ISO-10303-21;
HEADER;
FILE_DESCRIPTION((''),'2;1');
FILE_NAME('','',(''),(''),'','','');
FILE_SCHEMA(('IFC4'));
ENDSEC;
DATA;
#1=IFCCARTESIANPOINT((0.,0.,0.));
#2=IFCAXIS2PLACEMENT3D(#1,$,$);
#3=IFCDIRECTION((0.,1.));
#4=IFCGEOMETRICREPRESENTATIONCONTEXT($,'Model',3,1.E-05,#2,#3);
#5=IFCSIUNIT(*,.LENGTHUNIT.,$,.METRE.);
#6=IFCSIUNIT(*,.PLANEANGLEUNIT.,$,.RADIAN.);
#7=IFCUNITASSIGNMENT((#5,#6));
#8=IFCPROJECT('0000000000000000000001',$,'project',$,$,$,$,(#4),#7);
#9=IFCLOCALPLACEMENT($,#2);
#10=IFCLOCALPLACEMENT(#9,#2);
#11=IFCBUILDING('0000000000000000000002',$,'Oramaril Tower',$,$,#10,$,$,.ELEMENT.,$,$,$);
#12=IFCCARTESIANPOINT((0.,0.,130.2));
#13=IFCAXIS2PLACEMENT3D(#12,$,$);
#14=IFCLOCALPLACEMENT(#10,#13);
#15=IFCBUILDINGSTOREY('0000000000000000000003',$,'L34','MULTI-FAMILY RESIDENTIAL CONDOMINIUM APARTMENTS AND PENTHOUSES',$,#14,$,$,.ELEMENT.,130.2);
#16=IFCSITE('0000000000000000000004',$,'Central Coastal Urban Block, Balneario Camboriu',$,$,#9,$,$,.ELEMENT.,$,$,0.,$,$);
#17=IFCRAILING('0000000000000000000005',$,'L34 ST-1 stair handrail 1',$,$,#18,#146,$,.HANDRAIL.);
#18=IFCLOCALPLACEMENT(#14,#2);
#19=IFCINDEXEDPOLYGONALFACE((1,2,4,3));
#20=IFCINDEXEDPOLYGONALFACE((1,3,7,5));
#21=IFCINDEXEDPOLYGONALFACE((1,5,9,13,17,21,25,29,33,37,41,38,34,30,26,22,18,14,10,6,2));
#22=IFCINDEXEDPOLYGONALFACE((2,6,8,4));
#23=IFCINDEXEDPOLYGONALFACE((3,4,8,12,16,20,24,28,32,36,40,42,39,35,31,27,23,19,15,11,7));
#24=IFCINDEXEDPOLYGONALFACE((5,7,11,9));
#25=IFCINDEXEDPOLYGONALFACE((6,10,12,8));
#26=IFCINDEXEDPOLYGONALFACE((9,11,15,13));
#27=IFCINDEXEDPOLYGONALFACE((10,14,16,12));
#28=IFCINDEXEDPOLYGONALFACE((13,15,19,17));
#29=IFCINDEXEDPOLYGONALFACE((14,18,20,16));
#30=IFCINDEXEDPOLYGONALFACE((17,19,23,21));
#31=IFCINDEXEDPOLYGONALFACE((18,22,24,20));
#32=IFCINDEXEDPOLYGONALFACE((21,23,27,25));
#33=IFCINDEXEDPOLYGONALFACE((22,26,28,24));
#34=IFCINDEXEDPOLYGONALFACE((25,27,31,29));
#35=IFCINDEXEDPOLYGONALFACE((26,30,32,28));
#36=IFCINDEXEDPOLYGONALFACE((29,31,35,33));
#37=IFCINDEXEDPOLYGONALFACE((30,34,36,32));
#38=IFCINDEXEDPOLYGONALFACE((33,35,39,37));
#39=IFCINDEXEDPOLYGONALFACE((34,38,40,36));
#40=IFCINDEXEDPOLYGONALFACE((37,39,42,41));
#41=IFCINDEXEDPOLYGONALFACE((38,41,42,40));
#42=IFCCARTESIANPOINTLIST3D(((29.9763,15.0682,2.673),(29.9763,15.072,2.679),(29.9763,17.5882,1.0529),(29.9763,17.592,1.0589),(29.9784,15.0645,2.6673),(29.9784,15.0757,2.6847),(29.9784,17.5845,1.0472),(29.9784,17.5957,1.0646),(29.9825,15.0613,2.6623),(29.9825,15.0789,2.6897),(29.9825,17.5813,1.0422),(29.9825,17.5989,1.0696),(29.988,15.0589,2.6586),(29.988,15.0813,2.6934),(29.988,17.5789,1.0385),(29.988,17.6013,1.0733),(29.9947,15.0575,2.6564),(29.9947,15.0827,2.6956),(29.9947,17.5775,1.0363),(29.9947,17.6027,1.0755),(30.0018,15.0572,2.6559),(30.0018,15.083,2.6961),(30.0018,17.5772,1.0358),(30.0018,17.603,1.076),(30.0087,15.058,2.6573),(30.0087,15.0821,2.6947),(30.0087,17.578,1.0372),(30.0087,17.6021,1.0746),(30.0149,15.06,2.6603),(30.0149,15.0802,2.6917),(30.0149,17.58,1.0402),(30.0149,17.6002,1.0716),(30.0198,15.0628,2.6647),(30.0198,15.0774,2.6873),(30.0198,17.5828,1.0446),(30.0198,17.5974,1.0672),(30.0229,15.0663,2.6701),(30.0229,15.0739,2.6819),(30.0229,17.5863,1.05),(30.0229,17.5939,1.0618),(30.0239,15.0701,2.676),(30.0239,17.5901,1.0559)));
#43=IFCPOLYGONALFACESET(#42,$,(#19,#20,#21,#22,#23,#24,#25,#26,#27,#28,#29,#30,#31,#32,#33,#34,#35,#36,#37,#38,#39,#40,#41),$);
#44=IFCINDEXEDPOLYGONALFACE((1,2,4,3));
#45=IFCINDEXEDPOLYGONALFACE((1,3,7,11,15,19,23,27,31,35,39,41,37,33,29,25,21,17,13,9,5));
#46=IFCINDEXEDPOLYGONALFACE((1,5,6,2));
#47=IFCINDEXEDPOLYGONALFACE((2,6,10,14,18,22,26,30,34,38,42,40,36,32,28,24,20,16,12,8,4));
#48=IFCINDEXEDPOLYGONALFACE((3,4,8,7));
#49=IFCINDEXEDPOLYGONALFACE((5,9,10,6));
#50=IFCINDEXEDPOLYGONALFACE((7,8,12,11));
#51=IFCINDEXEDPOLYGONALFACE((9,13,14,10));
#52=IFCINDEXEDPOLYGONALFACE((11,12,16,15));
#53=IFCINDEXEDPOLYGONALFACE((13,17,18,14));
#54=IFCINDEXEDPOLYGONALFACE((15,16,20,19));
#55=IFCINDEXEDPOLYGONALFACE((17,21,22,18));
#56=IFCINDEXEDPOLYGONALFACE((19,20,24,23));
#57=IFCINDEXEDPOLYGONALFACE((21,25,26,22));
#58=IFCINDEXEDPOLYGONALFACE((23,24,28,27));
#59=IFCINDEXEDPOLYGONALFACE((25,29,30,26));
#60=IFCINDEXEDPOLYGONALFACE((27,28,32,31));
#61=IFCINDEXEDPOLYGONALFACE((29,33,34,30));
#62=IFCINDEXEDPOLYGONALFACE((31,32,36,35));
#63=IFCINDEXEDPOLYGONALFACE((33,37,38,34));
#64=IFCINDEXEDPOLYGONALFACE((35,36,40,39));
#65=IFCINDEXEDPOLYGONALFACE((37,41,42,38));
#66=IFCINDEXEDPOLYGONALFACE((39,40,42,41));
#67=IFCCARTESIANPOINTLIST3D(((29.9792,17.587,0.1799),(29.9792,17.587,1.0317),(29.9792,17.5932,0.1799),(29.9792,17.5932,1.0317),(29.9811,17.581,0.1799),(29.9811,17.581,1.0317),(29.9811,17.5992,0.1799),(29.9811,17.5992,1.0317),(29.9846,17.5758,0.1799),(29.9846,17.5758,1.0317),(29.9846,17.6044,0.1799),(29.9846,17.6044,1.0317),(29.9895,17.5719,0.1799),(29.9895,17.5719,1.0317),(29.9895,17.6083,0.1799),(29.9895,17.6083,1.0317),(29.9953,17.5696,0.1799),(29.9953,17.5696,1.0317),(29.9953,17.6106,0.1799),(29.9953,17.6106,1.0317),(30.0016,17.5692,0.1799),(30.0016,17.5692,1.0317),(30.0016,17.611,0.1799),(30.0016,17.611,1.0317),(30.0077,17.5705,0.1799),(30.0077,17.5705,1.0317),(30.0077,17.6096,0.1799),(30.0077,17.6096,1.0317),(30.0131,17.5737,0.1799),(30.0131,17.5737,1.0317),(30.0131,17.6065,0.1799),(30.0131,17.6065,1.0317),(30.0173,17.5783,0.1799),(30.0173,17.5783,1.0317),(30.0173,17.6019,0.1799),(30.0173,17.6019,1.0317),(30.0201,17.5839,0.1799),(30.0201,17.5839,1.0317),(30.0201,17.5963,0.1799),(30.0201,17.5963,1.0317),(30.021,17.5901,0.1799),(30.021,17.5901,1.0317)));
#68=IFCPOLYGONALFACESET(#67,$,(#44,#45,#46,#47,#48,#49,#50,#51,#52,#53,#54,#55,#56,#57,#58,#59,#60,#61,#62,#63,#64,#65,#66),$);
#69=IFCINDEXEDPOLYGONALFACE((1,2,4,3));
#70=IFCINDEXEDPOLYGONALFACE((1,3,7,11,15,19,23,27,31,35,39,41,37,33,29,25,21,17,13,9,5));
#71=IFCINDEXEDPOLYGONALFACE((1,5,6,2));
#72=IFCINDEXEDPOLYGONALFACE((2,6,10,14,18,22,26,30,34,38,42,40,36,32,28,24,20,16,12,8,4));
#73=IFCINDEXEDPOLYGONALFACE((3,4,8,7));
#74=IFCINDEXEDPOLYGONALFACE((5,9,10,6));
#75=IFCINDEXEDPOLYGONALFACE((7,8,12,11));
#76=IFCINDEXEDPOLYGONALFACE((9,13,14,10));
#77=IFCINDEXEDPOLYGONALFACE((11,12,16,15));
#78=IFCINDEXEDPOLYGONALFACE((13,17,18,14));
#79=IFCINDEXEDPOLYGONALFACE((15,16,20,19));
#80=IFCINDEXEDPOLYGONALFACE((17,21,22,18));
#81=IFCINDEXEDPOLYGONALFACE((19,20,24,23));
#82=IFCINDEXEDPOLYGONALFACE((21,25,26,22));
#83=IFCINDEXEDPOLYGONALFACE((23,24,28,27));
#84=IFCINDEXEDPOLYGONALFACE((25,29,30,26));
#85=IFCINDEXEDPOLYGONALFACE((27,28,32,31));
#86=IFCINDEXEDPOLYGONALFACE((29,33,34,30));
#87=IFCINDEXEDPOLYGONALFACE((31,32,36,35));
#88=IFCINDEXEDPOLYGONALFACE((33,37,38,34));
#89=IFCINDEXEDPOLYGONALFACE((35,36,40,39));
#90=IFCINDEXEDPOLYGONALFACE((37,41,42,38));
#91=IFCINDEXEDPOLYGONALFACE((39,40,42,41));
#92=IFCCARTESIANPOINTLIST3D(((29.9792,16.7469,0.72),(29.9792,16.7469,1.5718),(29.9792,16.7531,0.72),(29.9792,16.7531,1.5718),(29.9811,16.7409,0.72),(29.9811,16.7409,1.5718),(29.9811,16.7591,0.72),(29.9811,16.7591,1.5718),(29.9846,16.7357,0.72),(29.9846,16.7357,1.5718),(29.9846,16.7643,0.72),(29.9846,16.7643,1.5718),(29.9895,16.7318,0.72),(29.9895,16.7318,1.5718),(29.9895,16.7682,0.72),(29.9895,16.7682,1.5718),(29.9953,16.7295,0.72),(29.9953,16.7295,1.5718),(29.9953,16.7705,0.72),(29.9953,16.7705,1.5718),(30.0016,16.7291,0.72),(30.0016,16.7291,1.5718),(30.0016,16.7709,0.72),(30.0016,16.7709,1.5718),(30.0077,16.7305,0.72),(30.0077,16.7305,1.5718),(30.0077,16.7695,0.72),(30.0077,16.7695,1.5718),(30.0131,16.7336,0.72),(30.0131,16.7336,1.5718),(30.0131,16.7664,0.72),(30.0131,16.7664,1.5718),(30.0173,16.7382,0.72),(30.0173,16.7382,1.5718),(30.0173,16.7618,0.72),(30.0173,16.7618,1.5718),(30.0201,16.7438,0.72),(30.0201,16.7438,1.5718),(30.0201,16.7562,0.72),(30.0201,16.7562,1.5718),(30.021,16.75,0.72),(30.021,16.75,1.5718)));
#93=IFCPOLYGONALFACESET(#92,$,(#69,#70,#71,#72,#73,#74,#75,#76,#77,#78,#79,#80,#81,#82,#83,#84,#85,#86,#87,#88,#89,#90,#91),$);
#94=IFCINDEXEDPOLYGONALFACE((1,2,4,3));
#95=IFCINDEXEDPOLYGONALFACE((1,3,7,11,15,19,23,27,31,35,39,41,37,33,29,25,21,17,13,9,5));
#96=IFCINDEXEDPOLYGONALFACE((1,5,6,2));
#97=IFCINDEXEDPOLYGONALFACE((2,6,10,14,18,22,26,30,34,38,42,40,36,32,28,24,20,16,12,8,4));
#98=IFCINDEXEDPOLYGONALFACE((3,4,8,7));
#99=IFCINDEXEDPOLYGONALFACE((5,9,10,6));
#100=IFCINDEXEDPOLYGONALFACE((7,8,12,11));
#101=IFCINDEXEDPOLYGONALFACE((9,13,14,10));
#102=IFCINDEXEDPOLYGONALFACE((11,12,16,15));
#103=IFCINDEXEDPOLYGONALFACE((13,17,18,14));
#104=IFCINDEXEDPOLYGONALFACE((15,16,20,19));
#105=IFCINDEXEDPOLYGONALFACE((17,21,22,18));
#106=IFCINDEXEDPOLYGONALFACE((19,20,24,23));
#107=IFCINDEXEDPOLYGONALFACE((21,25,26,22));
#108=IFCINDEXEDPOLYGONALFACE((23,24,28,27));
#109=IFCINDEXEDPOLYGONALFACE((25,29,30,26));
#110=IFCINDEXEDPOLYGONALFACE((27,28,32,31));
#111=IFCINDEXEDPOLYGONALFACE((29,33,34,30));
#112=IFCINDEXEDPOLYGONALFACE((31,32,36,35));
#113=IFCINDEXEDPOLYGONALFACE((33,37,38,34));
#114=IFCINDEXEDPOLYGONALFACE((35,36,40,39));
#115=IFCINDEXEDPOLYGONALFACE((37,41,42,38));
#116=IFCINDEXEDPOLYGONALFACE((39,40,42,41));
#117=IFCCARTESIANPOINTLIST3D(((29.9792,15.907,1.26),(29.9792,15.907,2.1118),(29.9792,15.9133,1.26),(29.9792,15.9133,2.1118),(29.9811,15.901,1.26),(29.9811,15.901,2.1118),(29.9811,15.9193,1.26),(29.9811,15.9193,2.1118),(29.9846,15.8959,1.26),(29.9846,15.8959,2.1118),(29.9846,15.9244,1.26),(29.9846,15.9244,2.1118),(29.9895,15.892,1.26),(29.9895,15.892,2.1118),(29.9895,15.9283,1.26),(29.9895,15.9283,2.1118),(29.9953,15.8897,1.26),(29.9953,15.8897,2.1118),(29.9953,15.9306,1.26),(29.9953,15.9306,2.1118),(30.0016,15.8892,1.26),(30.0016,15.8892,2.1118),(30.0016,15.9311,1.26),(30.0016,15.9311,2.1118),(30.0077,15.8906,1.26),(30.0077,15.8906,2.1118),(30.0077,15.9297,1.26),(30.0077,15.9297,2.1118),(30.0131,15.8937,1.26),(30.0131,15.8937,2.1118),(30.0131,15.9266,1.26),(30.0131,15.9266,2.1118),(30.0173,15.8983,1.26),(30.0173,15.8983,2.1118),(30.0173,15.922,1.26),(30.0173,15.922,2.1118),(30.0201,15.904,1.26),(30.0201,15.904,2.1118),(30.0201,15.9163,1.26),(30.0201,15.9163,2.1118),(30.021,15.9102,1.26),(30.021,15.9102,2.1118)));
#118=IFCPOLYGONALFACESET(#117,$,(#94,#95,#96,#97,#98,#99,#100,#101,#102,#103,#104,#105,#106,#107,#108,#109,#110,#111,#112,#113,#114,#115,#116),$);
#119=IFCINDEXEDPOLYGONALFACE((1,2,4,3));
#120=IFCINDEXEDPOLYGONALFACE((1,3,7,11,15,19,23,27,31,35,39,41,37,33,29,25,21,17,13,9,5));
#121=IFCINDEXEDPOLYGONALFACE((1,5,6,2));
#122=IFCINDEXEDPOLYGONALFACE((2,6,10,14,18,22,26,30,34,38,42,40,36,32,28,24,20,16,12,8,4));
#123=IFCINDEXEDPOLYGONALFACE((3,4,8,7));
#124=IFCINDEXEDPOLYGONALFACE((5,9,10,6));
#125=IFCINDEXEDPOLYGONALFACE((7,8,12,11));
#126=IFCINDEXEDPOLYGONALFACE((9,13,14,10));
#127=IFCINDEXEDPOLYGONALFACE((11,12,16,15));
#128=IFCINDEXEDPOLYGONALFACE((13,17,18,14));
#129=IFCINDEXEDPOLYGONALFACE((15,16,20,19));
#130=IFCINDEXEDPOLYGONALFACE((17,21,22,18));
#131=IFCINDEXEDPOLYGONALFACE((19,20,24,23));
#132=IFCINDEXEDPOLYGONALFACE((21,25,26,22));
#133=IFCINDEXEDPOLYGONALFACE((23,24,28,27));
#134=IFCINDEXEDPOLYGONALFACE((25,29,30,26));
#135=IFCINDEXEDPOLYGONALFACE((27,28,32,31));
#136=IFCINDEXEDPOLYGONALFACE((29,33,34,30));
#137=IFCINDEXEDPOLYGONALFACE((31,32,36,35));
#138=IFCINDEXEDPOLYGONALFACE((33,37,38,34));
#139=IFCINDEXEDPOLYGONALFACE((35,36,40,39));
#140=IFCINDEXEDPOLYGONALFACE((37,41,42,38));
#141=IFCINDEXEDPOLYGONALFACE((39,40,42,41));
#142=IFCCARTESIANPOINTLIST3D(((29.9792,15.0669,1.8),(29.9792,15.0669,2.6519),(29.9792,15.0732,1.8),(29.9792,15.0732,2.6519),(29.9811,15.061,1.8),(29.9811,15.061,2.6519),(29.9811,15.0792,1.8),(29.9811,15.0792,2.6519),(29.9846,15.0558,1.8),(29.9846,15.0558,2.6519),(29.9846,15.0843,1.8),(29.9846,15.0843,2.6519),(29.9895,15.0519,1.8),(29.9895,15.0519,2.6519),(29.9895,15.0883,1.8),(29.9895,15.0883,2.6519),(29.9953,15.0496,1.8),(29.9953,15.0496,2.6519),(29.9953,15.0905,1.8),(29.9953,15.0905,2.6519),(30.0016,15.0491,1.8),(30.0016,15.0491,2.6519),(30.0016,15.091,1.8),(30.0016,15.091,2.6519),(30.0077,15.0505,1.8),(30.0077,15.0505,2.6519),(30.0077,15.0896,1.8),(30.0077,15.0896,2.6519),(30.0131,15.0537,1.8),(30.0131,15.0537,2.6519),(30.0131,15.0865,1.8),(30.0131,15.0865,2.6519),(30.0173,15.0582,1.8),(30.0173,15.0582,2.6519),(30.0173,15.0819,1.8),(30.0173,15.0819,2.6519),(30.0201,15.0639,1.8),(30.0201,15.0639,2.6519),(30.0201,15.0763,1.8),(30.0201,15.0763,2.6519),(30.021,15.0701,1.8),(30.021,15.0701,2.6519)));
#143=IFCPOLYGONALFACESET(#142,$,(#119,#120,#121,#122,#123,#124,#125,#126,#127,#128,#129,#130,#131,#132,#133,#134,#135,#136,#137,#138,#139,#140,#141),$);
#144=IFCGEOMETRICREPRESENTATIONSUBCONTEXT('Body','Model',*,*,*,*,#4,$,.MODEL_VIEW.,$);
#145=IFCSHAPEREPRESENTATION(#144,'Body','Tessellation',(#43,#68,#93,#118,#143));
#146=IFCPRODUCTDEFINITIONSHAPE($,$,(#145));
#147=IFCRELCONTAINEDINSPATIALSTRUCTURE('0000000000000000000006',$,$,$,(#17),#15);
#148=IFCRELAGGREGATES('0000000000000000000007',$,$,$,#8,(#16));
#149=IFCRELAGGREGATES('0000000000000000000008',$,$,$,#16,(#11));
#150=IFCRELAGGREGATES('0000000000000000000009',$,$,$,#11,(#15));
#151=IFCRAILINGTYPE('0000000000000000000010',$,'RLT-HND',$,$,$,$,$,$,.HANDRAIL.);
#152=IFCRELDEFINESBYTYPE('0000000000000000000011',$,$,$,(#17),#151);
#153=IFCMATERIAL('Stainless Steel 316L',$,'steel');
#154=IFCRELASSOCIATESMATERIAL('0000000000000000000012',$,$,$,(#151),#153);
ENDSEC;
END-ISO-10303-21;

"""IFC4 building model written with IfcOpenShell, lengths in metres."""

from ifc_helpers import new_model, si_unit, direction, frame, origin, origin_2d, place, context, subcontext, project, spatial, circle, extrude, material, type_object, element, save


model = new_model("IFC4")

# Units and contexts
model_context = context("Model", 3, precision=1e-05, world=origin(), true_north=direction((0.0, 1.0)))
body_context = subcontext(model_context, "Body", "Model", "MODEL_VIEW")
ifc_project = project(units=[si_unit("LENGTHUNIT", "METRE"), si_unit("PLANEANGLEUNIT", "RADIAN")], contexts=[model_context])

# Site, building, storey
site_placement = place(None, origin())
site = spatial("IfcSite", under=ifc_project, at=site_placement, Name="Central Coastal Urban Block, Balneario Camboriu", CompositionType="ELEMENT", RefElevation=0.0)
building_placement = place(site_placement, origin())
building = spatial("IfcBuilding", under=site, at=building_placement, Name="Oramaril Tower", CompositionType="ELEMENT")
storey_placement = place(building_placement, frame((0.0, 0.0, 130.2)))
storey = spatial("IfcBuildingStorey", under=building, at=storey_placement, Name="L34", Description="MULTI-FAMILY RESIDENTIAL CONDOMINIUM APARTMENTS AND PENTHOUSES", CompositionType="ELEMENT", Elevation=130.2)

# Railing
ifc_material_1 = material(Name="Stainless Steel 316L", Category="steel")
railing_type_1 = type_object("IfcRailingType", Name="RLT-HND", PredefinedType="HANDRAIL", material=ifc_material_1)
railing_1_placement = place(storey_placement, frame((30.0, 17.5901, 0.1799)))
element("IfcRailing", 1, at=railing_1_placement, inside=storey, type_object=railing_type_1, Name="L34 ST-1 stair handrail 1", PredefinedType="HANDRAIL", context=body_context, shape_type="SweptSolid", body=[
    extrude(circle(Radius=0.0239, at=origin_2d()), frame((0.0, 0.0, 0.876), z_axis=(0.0, -0.841163, 0.540782), x_axis=(1.0, 0.0, 0.0)), (0.0, 0.0, 1.0), 2.9958),
    extrude(circle(Radius=0.021, at=origin_2d()), origin(), (0.0, 0.0, 1.0), 0.8518),
    extrude(circle(Radius=0.021, at=origin_2d()), frame((0.0, -0.8401, 0.54)), (0.0, 0.0, 1.0), 0.8518),
    extrude(circle(Radius=0.021, at=origin_2d()), frame((0.0, -1.6799, 1.0801)), (0.0, 0.0, 1.0), 0.8518),
    extrude(circle(Radius=0.021, at=origin_2d()), frame((0.0, -2.52, 1.6201)), (0.0, 0.0, 1.0), 0.8518),
])

save(model, "model.ifc")
